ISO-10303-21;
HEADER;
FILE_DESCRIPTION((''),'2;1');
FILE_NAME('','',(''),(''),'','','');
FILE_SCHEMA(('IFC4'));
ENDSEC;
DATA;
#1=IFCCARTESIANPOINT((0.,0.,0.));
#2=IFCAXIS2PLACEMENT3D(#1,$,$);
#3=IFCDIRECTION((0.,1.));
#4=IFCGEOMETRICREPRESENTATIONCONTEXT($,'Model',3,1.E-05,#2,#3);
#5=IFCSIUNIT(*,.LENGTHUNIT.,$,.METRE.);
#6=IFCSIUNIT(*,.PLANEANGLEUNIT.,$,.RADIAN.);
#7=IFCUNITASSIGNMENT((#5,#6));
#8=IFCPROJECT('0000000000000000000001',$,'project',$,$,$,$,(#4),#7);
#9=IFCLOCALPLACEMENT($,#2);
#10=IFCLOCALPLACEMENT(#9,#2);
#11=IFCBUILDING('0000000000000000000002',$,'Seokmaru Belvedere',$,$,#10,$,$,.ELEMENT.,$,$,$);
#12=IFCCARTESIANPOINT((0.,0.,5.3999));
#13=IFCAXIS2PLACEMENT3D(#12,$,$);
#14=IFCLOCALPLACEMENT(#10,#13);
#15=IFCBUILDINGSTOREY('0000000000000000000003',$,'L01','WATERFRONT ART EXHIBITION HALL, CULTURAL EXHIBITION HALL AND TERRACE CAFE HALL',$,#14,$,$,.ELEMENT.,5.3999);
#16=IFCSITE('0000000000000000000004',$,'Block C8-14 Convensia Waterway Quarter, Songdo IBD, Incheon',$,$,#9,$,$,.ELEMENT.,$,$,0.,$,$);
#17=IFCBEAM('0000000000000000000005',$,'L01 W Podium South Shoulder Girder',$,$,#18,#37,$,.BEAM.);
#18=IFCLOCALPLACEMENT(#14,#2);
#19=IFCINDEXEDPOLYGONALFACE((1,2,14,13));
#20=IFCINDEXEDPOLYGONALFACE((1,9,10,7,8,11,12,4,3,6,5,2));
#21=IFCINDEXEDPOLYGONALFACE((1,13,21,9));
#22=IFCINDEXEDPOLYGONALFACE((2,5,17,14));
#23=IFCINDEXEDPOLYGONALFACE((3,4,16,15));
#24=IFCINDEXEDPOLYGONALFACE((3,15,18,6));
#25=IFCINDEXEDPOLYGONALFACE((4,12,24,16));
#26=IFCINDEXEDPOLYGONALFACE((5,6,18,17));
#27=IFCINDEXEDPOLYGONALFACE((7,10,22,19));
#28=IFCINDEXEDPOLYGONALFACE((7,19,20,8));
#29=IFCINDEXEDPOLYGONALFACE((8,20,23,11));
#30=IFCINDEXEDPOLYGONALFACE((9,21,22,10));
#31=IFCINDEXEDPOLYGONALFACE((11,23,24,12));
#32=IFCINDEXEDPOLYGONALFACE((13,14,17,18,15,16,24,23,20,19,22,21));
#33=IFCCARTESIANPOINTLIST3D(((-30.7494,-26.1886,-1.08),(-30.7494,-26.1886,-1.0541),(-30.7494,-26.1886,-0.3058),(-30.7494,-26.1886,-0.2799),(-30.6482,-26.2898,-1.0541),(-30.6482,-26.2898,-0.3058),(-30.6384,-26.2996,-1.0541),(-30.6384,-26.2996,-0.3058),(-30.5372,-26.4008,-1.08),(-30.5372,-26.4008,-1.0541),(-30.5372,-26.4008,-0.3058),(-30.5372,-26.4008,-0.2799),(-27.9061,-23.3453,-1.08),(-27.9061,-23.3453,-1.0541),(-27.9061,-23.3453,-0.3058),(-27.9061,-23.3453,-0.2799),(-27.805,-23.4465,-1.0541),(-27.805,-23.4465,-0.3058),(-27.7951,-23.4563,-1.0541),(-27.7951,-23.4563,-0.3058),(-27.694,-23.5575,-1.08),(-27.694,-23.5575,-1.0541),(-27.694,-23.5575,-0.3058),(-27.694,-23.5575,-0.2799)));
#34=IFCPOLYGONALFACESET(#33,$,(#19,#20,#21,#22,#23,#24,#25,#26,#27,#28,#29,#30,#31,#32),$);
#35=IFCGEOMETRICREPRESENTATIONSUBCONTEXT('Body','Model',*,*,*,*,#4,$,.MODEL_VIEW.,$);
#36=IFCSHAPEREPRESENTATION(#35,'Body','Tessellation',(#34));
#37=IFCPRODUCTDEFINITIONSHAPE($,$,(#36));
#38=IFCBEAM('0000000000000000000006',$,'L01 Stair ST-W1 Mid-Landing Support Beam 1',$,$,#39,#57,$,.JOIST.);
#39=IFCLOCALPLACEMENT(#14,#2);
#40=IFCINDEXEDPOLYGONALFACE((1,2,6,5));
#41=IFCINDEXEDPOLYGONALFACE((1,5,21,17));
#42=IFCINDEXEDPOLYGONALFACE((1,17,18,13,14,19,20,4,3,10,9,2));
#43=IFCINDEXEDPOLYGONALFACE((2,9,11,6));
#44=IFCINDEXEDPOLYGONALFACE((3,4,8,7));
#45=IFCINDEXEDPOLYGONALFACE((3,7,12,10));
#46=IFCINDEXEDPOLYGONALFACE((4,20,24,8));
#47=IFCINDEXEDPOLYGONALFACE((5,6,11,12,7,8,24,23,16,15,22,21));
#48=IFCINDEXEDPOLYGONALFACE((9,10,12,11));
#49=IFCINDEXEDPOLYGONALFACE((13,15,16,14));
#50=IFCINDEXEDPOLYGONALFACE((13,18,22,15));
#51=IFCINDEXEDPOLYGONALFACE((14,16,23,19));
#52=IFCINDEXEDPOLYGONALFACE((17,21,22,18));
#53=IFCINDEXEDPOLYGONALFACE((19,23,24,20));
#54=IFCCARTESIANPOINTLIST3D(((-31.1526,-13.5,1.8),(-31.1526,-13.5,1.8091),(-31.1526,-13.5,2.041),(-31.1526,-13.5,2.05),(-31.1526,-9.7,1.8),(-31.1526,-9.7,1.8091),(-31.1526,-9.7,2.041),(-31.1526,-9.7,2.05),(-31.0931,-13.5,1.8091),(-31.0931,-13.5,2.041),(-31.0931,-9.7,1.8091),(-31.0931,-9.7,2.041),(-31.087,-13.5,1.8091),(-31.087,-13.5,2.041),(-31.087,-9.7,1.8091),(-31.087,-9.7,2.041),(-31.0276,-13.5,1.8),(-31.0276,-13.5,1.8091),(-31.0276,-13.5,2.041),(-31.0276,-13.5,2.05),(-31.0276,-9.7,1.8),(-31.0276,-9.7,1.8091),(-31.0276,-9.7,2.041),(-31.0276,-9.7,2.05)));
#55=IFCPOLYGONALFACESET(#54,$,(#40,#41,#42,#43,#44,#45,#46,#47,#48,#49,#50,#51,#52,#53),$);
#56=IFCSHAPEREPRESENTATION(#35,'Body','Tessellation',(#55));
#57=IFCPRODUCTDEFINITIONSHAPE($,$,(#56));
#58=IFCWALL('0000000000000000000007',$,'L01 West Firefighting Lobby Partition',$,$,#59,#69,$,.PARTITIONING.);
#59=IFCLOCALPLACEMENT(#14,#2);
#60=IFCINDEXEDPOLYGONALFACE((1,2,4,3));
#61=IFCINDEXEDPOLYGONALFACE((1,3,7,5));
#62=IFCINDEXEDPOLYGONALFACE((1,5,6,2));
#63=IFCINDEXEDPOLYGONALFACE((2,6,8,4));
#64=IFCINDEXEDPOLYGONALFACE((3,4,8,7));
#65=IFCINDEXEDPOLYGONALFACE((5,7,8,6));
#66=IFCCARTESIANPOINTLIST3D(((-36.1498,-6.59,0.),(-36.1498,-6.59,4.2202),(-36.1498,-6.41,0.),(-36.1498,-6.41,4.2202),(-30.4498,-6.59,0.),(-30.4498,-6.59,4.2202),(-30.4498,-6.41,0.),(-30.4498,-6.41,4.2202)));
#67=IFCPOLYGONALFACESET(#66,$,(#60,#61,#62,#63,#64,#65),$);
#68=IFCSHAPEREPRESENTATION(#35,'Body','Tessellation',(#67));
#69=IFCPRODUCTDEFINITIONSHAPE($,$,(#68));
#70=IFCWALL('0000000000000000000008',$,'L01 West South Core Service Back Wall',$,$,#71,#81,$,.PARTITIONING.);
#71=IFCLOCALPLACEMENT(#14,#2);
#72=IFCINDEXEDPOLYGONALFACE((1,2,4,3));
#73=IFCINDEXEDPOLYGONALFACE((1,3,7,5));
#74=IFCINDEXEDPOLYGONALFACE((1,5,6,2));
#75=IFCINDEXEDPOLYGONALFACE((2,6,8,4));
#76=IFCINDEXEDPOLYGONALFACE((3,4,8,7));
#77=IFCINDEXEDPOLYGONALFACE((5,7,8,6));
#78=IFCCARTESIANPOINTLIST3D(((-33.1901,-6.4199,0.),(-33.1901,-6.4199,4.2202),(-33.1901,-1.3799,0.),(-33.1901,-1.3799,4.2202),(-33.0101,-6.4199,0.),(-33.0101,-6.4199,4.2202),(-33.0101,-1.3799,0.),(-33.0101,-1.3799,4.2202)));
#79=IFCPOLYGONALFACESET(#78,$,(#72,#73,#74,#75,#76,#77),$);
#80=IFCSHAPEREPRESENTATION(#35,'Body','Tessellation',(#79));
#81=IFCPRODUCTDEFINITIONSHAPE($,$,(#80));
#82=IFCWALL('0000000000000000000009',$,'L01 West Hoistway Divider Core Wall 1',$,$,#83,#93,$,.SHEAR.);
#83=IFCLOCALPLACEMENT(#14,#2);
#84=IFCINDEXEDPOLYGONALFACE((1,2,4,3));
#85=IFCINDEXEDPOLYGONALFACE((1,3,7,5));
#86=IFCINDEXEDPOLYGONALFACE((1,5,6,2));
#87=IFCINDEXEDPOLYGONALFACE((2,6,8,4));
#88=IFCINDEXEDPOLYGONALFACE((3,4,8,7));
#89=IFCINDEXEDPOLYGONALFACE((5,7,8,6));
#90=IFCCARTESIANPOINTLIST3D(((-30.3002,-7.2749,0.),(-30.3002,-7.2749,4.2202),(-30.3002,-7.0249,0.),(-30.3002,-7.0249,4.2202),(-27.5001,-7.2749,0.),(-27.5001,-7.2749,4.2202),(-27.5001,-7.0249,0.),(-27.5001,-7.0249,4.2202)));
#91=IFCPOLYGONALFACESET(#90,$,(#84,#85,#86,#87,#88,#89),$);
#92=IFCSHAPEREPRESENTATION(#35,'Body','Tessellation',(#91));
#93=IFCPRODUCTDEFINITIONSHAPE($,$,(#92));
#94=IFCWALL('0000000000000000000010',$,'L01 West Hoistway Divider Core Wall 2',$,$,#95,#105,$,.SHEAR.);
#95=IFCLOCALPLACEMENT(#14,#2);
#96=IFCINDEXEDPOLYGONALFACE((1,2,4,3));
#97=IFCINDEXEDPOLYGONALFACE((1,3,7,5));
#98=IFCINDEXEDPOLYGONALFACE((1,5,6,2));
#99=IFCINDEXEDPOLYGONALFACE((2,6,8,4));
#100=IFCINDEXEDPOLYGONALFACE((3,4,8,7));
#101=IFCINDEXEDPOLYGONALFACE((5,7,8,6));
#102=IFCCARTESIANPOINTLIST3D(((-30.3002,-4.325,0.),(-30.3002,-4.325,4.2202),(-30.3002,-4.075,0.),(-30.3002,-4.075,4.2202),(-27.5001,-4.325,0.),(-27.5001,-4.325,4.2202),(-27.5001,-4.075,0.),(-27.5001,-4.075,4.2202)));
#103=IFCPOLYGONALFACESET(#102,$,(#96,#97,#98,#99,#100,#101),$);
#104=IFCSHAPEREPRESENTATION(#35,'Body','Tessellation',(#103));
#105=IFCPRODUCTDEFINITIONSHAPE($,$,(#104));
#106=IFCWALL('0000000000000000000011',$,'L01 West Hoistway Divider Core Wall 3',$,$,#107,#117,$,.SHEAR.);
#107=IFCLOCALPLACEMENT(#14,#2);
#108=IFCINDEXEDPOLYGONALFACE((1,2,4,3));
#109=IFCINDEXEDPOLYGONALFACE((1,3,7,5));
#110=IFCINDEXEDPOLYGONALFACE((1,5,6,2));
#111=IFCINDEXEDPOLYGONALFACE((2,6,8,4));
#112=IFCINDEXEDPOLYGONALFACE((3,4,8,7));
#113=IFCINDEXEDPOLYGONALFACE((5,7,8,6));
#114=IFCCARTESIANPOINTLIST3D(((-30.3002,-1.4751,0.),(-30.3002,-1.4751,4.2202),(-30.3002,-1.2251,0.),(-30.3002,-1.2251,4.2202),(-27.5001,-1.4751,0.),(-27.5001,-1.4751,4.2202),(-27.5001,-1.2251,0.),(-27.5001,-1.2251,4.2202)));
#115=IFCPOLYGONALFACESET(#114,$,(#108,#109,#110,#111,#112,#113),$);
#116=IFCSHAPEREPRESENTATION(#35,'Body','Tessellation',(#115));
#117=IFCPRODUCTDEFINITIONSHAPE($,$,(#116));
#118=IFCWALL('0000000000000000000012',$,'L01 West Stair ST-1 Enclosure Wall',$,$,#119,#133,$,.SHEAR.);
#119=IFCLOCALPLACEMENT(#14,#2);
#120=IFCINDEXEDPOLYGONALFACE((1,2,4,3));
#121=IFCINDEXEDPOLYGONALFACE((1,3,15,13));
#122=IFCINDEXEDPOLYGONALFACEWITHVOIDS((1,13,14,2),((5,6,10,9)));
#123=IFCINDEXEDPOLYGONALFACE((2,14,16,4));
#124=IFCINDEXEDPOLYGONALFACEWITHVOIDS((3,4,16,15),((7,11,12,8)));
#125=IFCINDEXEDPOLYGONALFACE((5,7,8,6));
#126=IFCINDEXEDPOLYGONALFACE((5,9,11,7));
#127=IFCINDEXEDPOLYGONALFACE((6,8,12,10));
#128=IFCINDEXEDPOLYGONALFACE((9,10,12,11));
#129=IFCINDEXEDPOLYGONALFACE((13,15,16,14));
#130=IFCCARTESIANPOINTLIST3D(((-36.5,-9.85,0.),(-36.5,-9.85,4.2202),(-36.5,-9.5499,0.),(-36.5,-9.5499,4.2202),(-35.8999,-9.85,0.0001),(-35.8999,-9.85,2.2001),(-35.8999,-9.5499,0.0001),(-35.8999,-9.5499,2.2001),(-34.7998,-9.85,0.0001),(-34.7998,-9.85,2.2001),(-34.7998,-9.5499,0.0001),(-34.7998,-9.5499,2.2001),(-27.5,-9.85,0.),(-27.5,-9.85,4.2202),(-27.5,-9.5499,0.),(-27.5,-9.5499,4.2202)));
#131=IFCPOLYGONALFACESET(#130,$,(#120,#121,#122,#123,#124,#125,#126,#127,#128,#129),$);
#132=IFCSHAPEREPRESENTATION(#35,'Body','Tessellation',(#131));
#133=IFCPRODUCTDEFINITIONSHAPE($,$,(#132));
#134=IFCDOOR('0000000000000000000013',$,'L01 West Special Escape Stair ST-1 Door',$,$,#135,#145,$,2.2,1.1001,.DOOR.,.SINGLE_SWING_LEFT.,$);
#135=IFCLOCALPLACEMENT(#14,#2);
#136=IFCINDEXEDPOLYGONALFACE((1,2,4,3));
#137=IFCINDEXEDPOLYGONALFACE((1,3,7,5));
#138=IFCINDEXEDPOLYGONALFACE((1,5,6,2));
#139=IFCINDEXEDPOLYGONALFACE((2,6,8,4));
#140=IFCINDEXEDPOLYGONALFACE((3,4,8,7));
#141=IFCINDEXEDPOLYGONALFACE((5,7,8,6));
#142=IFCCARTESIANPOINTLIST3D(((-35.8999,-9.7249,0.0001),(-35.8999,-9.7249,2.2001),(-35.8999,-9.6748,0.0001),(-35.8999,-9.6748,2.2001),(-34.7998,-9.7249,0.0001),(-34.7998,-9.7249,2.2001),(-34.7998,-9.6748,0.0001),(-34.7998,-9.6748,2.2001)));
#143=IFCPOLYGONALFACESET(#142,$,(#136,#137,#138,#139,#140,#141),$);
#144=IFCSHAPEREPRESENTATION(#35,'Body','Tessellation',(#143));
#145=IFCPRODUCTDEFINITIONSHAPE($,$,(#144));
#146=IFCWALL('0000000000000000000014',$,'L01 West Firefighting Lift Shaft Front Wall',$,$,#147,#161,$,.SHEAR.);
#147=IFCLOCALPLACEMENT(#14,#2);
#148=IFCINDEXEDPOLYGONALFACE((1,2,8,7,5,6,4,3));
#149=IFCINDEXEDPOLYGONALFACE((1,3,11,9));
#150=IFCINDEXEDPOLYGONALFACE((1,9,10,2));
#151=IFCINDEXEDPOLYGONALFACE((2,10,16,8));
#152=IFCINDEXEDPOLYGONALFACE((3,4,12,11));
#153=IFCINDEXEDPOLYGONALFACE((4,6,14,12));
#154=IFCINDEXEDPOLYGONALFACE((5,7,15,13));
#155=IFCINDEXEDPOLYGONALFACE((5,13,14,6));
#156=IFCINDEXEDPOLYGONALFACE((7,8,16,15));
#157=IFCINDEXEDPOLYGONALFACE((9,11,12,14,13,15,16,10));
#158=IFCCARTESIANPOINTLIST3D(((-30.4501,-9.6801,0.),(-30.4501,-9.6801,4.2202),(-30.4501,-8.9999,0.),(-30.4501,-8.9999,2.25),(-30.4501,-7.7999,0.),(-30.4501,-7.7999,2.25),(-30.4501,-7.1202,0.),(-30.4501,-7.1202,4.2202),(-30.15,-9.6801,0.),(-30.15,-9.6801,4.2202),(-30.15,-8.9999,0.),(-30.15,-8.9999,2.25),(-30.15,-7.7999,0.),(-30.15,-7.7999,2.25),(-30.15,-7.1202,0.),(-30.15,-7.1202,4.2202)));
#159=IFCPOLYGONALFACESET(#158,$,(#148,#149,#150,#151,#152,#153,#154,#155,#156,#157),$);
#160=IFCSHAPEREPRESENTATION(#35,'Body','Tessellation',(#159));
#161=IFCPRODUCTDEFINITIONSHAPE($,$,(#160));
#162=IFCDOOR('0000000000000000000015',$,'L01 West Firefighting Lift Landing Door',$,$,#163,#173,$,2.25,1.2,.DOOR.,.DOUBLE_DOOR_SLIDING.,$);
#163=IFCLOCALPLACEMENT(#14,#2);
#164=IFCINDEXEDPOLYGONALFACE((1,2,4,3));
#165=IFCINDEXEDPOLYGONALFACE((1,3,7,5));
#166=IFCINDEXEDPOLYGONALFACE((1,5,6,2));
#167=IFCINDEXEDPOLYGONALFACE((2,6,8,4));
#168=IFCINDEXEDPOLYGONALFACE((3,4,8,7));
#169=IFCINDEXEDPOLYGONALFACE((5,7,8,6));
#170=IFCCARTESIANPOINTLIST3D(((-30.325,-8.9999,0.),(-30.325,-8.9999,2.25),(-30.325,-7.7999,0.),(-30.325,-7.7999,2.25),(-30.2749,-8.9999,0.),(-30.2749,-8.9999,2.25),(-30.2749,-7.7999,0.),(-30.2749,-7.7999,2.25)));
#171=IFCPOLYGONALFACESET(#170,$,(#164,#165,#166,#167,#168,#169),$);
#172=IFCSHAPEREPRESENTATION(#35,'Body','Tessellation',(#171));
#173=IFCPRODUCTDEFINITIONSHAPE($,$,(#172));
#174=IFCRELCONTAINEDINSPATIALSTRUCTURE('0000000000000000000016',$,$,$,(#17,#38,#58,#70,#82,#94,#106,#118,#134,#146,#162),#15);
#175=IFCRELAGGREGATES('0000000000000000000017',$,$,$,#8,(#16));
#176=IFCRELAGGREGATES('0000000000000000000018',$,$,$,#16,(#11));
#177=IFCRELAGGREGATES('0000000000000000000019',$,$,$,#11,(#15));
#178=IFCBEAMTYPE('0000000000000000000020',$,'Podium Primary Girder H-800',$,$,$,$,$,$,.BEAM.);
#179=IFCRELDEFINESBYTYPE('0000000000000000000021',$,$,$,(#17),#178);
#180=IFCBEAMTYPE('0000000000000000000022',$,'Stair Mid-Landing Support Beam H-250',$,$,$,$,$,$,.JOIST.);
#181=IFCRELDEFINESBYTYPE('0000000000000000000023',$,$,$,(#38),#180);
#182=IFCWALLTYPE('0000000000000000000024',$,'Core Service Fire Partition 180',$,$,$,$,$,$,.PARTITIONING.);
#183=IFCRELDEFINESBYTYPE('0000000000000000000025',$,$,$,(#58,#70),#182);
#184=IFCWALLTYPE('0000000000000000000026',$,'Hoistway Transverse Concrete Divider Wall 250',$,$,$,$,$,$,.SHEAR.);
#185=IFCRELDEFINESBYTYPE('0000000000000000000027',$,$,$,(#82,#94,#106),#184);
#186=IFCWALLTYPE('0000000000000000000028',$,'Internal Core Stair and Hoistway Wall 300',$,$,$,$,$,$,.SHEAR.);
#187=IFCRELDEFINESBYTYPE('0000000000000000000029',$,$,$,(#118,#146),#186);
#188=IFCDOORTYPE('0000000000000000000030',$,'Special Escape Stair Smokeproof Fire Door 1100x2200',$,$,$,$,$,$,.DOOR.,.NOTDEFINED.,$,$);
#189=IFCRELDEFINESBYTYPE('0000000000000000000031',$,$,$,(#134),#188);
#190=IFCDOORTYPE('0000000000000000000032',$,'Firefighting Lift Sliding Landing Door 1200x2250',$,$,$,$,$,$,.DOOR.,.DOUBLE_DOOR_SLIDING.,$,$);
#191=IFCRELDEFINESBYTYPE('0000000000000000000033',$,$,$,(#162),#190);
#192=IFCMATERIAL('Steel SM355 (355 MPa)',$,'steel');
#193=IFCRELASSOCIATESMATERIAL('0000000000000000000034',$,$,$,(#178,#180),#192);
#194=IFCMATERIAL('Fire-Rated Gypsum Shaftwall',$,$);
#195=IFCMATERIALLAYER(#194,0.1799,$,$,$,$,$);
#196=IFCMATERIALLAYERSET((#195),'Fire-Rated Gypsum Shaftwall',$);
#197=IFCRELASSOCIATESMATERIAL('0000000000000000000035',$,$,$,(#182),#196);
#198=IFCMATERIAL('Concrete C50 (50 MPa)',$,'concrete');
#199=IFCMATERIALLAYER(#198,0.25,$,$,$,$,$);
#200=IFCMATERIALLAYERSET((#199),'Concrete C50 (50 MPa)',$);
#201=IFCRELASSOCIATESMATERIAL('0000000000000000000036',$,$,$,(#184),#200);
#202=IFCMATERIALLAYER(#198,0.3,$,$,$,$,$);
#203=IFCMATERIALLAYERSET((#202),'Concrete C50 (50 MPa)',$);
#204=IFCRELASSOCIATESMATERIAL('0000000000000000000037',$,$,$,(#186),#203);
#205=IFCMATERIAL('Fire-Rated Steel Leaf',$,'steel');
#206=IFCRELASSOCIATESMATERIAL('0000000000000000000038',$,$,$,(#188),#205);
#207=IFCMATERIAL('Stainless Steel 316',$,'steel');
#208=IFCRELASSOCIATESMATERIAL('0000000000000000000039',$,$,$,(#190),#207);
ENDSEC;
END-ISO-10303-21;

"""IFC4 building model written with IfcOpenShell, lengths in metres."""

from ifc_helpers import new_model, si_unit, direction, frame, frame_2d, origin, origin_2d, place, context, subcontext, project, spatial, rectangle, i_section, extrude, source, transform, mapped, material, layer, layer_set, material_profile, profile_set, type_object, type_shapes, element, fill, save


model = new_model("IFC4")

# Units and contexts
model_context = context("Model", 3, precision=1e-05, world=origin(), true_north=direction((0.0, 1.0)))
body_context = subcontext(model_context, "Body", "Model", "MODEL_VIEW")
ifc_project = project(units=[si_unit("LENGTHUNIT", "METRE"), si_unit("PLANEANGLEUNIT", "RADIAN")], contexts=[model_context])

# Site, building, storey
site_placement = place(None, origin())
site = spatial("IfcSite", under=ifc_project, at=site_placement, Name="Block C8-14 Convensia Waterway Quarter, Songdo IBD, Incheon", CompositionType="ELEMENT", RefElevation=0.0)
building_placement = place(site_placement, origin())
building = spatial("IfcBuilding", under=site, at=building_placement, Name="Seokmaru Belvedere", CompositionType="ELEMENT")
storey_placement = place(building_placement, frame((0.0, 0.0, 5.3999)))
storey = spatial("IfcBuildingStorey", under=building, at=storey_placement, Name="L01", Description="WATERFRONT ART EXHIBITION HALL, CULTURAL EXHIBITION HALL AND TERRACE CAFE HALL", CompositionType="ELEMENT", Elevation=5.3999)

# Shared definitions
ifc_material_1 = material(Name="Concrete C50 (50 MPa)", Category="concrete")
ifc_material_2 = material(Name="Steel SM355 (355 MPa)", Category="steel")

# Beams
ifc_material_profile_1 = material_profile(ifc_material_2, i_section(OverallWidth=0.3, OverallDepth=0.8, WebThickness=0.0139, FlangeThickness=0.0259, at=origin_2d()), Name="H-800x300x14x26")
ifc_profile_set_1 = profile_set([ifc_material_profile_1], Name="Steel SM355 (355 MPa)")
beam_type_1 = type_object("IfcBeamType", Name="Podium Primary Girder H-800", PredefinedType="BEAM", material=ifc_profile_set_1)
shared_shape_1 = source(origin(), body_context, "Body", "SweptSolid", [
    extrude(i_section(OverallWidth=0.3, OverallDepth=0.8, WebThickness=0.0139, FlangeThickness=0.0259, at=origin_2d()), origin(), (0.0, 0.0, 1.0), 4.021),
])
beam_1_placement = place(storey_placement, frame((-30.6433, -26.2947, -0.6799), z_axis=(0.707107, 0.707107, 0.0), x_axis=(-0.707107, 0.707107, 0.0)))
element("IfcBeam", 1, at=beam_1_placement, inside=storey, type_object=beam_type_1, Name="L01 W Podium South Shoulder Girder", PredefinedType="BEAM", context=body_context, shape_type="MappedRepresentation", body=[
    mapped(shared_shape_1, transform((0.0, 0.0, 0.0), scale=1.0)),
])
ifc_material_profile_2 = material_profile(ifc_material_2, i_section(OverallWidth=0.125, OverallDepth=0.25, WebThickness=0.0061, FlangeThickness=0.009, at=origin_2d()), Name="H-250x125x6x9")
ifc_profile_set_2 = profile_set([ifc_material_profile_2], Name="Steel SM355 (355 MPa)")
beam_type_2 = type_object("IfcBeamType", Name="Stair Mid-Landing Support Beam H-250", PredefinedType="JOIST", material=ifc_profile_set_2)
shared_shape_2 = source(origin(), body_context, "Body", "SweptSolid", [
    extrude(i_section(OverallWidth=0.125, OverallDepth=0.25, WebThickness=0.0061, FlangeThickness=0.009, at=origin_2d()), origin(), (0.0, 0.0, 1.0), 3.8),
])
type_shapes(beam_type_2, [shared_shape_2])
beam_2_placement = place(storey_placement, frame((-31.0901, -13.5, 1.925), z_axis=(0.0, 1.0, 0.0), x_axis=(-1.0, 0.0, 0.0)))
element("IfcBeam", 2, at=beam_2_placement, inside=storey, type_object=beam_type_2, Name="L01 Stair ST-W1 Mid-Landing Support Beam 1", PredefinedType="JOIST", context=body_context, shape_type="MappedRepresentation", body=[
    mapped(shared_shape_2, transform((0.0, 0.0, 0.0), scale=1.0)),
])

# Walls
ifc_material_3 = material(Name="Fire-Rated Gypsum Shaftwall")
ifc_layer_1 = layer(ifc_material_3, 0.1799)
ifc_layer_set_1 = layer_set([ifc_layer_1], Name="Fire-Rated Gypsum Shaftwall")
wall_type_1 = type_object("IfcWallType", Name="Core Service Fire Partition 180", PredefinedType="PARTITIONING", material=ifc_layer_set_1)
wall_1_placement = place(storey_placement, frame((-36.1499, -6.5, 0.0), z_axis=(0.0, 0.0, 1.0), x_axis=(1.0, 0.0, 0.0)))
element("IfcWall", 3, at=wall_1_placement, inside=storey, type_object=wall_type_1, Name="L01 West Firefighting Lobby Partition", PredefinedType="PARTITIONING", context=body_context, shape_type="SweptSolid", body=[
    extrude(rectangle(XDim=5.7, YDim=0.1799, at=frame_2d((2.8501, 0.0))), origin(), (0.0, 0.0, 1.0), 4.2202),
])
wall_2_placement = place(storey_placement, frame((-33.1001, -6.4199, 0.0), z_axis=(0.0, 0.0, 1.0), x_axis=(0.0, 1.0, 0.0)))
element("IfcWall", 4, at=wall_2_placement, inside=storey, type_object=wall_type_1, Name="L01 West South Core Service Back Wall", PredefinedType="PARTITIONING", context=body_context, shape_type="SweptSolid", body=[
    extrude(rectangle(XDim=5.04, YDim=0.1799, at=frame_2d((2.52, 0.0))), origin(), (0.0, 0.0, 1.0), 4.2202),
])
ifc_layer_2 = layer(ifc_material_1, 0.25)
ifc_layer_set_2 = layer_set([ifc_layer_2], Name="Concrete C50 (50 MPa)")
wall_type_2 = type_object("IfcWallType", Name="Hoistway Transverse Concrete Divider Wall 250", PredefinedType="SHEAR", material=ifc_layer_set_2)
for number, where, z_axis, x_axis, name in (
    (5, (-30.3, -7.1499, 0.0), (0.0, 0.0, 1.0), (1.0, 0.0, 0.0), "L01 West Hoistway Divider Core Wall 1"),
    (6, (-30.3, -4.2, 0.0), (0.0, 0.0, 1.0), (1.0, 0.0, 0.0), "L01 West Hoistway Divider Core Wall 2"),
    (7, (-30.3, -1.3501, 0.0), (0.0, 0.0, 1.0), (1.0, 0.0, 0.0), "L01 West Hoistway Divider Core Wall 3"),
):
    element("IfcWall", number, at=place(storey_placement, frame(where, z_axis=z_axis, x_axis=x_axis)), inside=storey, type_object=wall_type_2, Name=name, PredefinedType="SHEAR", context=body_context, shape_type="SweptSolid", body=[
        extrude(rectangle(XDim=2.8, YDim=0.25, at=frame_2d((1.3999, 0.0))), origin(), (0.0, 0.0, 1.0), 4.2202),
    ])

# Walls, openings, doors
ifc_layer_3 = layer(ifc_material_1, 0.3)
ifc_layer_set_3 = layer_set([ifc_layer_3], Name="Concrete C50 (50 MPa)")
wall_type_3 = type_object("IfcWallType", Name="Internal Core Stair and Hoistway Wall 300", PredefinedType="SHEAR", material=ifc_layer_set_3)
wall_3_placement = place(storey_placement, frame((-36.5, -9.7, 0.0), z_axis=(0.0, 0.0, 1.0), x_axis=(1.0, 0.0, 0.0)))
wall_3 = element("IfcWall", 8, at=wall_3_placement, inside=storey, type_object=wall_type_3, Name="L01 West Stair ST-1 Enclosure Wall", PredefinedType="SHEAR", context=body_context, shape_type="SweptSolid", body=[
    extrude(rectangle(XDim=9.0, YDim=0.3, at=frame_2d((4.5, 0.0))), origin(), (0.0, 0.0, 1.0), 4.2202),
])
opening_1_placement = place(wall_3_placement, frame((0.6001, 0.0, 0.0)))
opening_1 = element("IfcOpeningElement", 9, at=opening_1_placement, cuts=wall_3, PredefinedType="OPENING", context=body_context, shape_type="SweptSolid", body=[
    extrude(rectangle(XDim=1.1001, YDim=2.2, at=frame_2d((0.55, 1.1001))), frame((0.0, 0.1602, 0.0), z_axis=(0.0, -1.0, 0.0), x_axis=(1.0, 0.0, 0.0)), (0.0, 0.0, 1.0), 0.3201),
])
ifc_material_4 = material(Name="Fire-Rated Steel Leaf", Category="steel")
door_type_1 = type_object("IfcDoorType", Name="Special Escape Stair Smokeproof Fire Door 1100x2200", OperationType="NOTDEFINED", PredefinedType="DOOR", material=ifc_material_4)
shared_shape_3 = source(origin(), body_context, "Body", "SweptSolid", [
    extrude(rectangle(XDim=1.1001, YDim=2.2, at=frame_2d((0.55, 1.1001))), frame((0.0, 0.0249, 0.0), z_axis=(0.0, -1.0, 0.0), x_axis=(1.0, 0.0, 0.0)), (0.0, 0.0, 1.0), 0.05),
])
type_shapes(door_type_1, [shared_shape_3])
door_1_placement = place(opening_1_placement, frame((1.1001, 0.0, 0.0), z_axis=(0.0, 0.0, 1.0), x_axis=(-1.0, 0.0, 0.0)))
door_1 = element("IfcDoor", 10, at=door_1_placement, inside=storey, type_object=door_type_1, Name="L01 West Special Escape Stair ST-1 Door", OperationType="SINGLE_SWING_LEFT", OverallHeight=2.2, OverallWidth=1.1001, PredefinedType="DOOR", context=body_context, shape_type="MappedRepresentation", body=[
    mapped(shared_shape_3, transform((0.0, 0.0, 0.0), scale=1.0)),
])
fill(opening_1, door_1)
wall_4_placement = place(storey_placement, frame((-30.3, -9.6799, 0.0), z_axis=(0.0, 0.0, 1.0), x_axis=(0.0, 1.0, 0.0)))
wall_4 = element("IfcWall", 11, at=wall_4_placement, inside=storey, type_object=wall_type_3, Name="L01 West Firefighting Lift Shaft Front Wall", PredefinedType="SHEAR", context=body_context, shape_type="SweptSolid", body=[
    extrude(rectangle(XDim=2.5598, YDim=0.3, at=frame_2d((1.2798, 0.0))), origin(), (0.0, 0.0, 1.0), 4.2202),
])
opening_2_placement = place(wall_4_placement, frame((0.6799, 0.0, 0.0)))
opening_2 = element("IfcOpeningElement", 12, at=opening_2_placement, cuts=wall_4, PredefinedType="OPENING", context=body_context, shape_type="SweptSolid", body=[
    extrude(rectangle(XDim=1.2, YDim=2.25, at=frame_2d((0.6001, 1.125))), frame((0.0, 0.1602, 0.0), z_axis=(0.0, -1.0, 0.0), x_axis=(1.0, 0.0, 0.0)), (0.0, 0.0, 1.0), 0.3201),
])
ifc_material_5 = material(Name="Stainless Steel 316", Category="steel")
door_type_2 = type_object("IfcDoorType", Name="Firefighting Lift Sliding Landing Door 1200x2250", OperationType="DOUBLE_DOOR_SLIDING", PredefinedType="DOOR", material=ifc_material_5)
shared_shape_4 = source(origin(), body_context, "Body", "SweptSolid", [
    extrude(rectangle(XDim=1.2, YDim=2.25, at=frame_2d((0.6001, 1.125))), frame((0.0, 0.0249, 0.0), z_axis=(0.0, -1.0, 0.0), x_axis=(1.0, 0.0, 0.0)), (0.0, 0.0, 1.0), 0.05),
])
type_shapes(door_type_2, [shared_shape_4])
door_2_placement = place(opening_2_placement, origin())
door_2 = element("IfcDoor", 13, at=door_2_placement, inside=storey, type_object=door_type_2, Name="L01 West Firefighting Lift Landing Door", OperationType="DOUBLE_DOOR_SLIDING", OverallHeight=2.25, OverallWidth=1.2, PredefinedType="DOOR", context=body_context, shape_type="MappedRepresentation", body=[
    mapped(shared_shape_4, transform((0.0, 0.0, 0.0), scale=1.0)),
])
fill(opening_2, door_2)

save(model, "model.ifc")
